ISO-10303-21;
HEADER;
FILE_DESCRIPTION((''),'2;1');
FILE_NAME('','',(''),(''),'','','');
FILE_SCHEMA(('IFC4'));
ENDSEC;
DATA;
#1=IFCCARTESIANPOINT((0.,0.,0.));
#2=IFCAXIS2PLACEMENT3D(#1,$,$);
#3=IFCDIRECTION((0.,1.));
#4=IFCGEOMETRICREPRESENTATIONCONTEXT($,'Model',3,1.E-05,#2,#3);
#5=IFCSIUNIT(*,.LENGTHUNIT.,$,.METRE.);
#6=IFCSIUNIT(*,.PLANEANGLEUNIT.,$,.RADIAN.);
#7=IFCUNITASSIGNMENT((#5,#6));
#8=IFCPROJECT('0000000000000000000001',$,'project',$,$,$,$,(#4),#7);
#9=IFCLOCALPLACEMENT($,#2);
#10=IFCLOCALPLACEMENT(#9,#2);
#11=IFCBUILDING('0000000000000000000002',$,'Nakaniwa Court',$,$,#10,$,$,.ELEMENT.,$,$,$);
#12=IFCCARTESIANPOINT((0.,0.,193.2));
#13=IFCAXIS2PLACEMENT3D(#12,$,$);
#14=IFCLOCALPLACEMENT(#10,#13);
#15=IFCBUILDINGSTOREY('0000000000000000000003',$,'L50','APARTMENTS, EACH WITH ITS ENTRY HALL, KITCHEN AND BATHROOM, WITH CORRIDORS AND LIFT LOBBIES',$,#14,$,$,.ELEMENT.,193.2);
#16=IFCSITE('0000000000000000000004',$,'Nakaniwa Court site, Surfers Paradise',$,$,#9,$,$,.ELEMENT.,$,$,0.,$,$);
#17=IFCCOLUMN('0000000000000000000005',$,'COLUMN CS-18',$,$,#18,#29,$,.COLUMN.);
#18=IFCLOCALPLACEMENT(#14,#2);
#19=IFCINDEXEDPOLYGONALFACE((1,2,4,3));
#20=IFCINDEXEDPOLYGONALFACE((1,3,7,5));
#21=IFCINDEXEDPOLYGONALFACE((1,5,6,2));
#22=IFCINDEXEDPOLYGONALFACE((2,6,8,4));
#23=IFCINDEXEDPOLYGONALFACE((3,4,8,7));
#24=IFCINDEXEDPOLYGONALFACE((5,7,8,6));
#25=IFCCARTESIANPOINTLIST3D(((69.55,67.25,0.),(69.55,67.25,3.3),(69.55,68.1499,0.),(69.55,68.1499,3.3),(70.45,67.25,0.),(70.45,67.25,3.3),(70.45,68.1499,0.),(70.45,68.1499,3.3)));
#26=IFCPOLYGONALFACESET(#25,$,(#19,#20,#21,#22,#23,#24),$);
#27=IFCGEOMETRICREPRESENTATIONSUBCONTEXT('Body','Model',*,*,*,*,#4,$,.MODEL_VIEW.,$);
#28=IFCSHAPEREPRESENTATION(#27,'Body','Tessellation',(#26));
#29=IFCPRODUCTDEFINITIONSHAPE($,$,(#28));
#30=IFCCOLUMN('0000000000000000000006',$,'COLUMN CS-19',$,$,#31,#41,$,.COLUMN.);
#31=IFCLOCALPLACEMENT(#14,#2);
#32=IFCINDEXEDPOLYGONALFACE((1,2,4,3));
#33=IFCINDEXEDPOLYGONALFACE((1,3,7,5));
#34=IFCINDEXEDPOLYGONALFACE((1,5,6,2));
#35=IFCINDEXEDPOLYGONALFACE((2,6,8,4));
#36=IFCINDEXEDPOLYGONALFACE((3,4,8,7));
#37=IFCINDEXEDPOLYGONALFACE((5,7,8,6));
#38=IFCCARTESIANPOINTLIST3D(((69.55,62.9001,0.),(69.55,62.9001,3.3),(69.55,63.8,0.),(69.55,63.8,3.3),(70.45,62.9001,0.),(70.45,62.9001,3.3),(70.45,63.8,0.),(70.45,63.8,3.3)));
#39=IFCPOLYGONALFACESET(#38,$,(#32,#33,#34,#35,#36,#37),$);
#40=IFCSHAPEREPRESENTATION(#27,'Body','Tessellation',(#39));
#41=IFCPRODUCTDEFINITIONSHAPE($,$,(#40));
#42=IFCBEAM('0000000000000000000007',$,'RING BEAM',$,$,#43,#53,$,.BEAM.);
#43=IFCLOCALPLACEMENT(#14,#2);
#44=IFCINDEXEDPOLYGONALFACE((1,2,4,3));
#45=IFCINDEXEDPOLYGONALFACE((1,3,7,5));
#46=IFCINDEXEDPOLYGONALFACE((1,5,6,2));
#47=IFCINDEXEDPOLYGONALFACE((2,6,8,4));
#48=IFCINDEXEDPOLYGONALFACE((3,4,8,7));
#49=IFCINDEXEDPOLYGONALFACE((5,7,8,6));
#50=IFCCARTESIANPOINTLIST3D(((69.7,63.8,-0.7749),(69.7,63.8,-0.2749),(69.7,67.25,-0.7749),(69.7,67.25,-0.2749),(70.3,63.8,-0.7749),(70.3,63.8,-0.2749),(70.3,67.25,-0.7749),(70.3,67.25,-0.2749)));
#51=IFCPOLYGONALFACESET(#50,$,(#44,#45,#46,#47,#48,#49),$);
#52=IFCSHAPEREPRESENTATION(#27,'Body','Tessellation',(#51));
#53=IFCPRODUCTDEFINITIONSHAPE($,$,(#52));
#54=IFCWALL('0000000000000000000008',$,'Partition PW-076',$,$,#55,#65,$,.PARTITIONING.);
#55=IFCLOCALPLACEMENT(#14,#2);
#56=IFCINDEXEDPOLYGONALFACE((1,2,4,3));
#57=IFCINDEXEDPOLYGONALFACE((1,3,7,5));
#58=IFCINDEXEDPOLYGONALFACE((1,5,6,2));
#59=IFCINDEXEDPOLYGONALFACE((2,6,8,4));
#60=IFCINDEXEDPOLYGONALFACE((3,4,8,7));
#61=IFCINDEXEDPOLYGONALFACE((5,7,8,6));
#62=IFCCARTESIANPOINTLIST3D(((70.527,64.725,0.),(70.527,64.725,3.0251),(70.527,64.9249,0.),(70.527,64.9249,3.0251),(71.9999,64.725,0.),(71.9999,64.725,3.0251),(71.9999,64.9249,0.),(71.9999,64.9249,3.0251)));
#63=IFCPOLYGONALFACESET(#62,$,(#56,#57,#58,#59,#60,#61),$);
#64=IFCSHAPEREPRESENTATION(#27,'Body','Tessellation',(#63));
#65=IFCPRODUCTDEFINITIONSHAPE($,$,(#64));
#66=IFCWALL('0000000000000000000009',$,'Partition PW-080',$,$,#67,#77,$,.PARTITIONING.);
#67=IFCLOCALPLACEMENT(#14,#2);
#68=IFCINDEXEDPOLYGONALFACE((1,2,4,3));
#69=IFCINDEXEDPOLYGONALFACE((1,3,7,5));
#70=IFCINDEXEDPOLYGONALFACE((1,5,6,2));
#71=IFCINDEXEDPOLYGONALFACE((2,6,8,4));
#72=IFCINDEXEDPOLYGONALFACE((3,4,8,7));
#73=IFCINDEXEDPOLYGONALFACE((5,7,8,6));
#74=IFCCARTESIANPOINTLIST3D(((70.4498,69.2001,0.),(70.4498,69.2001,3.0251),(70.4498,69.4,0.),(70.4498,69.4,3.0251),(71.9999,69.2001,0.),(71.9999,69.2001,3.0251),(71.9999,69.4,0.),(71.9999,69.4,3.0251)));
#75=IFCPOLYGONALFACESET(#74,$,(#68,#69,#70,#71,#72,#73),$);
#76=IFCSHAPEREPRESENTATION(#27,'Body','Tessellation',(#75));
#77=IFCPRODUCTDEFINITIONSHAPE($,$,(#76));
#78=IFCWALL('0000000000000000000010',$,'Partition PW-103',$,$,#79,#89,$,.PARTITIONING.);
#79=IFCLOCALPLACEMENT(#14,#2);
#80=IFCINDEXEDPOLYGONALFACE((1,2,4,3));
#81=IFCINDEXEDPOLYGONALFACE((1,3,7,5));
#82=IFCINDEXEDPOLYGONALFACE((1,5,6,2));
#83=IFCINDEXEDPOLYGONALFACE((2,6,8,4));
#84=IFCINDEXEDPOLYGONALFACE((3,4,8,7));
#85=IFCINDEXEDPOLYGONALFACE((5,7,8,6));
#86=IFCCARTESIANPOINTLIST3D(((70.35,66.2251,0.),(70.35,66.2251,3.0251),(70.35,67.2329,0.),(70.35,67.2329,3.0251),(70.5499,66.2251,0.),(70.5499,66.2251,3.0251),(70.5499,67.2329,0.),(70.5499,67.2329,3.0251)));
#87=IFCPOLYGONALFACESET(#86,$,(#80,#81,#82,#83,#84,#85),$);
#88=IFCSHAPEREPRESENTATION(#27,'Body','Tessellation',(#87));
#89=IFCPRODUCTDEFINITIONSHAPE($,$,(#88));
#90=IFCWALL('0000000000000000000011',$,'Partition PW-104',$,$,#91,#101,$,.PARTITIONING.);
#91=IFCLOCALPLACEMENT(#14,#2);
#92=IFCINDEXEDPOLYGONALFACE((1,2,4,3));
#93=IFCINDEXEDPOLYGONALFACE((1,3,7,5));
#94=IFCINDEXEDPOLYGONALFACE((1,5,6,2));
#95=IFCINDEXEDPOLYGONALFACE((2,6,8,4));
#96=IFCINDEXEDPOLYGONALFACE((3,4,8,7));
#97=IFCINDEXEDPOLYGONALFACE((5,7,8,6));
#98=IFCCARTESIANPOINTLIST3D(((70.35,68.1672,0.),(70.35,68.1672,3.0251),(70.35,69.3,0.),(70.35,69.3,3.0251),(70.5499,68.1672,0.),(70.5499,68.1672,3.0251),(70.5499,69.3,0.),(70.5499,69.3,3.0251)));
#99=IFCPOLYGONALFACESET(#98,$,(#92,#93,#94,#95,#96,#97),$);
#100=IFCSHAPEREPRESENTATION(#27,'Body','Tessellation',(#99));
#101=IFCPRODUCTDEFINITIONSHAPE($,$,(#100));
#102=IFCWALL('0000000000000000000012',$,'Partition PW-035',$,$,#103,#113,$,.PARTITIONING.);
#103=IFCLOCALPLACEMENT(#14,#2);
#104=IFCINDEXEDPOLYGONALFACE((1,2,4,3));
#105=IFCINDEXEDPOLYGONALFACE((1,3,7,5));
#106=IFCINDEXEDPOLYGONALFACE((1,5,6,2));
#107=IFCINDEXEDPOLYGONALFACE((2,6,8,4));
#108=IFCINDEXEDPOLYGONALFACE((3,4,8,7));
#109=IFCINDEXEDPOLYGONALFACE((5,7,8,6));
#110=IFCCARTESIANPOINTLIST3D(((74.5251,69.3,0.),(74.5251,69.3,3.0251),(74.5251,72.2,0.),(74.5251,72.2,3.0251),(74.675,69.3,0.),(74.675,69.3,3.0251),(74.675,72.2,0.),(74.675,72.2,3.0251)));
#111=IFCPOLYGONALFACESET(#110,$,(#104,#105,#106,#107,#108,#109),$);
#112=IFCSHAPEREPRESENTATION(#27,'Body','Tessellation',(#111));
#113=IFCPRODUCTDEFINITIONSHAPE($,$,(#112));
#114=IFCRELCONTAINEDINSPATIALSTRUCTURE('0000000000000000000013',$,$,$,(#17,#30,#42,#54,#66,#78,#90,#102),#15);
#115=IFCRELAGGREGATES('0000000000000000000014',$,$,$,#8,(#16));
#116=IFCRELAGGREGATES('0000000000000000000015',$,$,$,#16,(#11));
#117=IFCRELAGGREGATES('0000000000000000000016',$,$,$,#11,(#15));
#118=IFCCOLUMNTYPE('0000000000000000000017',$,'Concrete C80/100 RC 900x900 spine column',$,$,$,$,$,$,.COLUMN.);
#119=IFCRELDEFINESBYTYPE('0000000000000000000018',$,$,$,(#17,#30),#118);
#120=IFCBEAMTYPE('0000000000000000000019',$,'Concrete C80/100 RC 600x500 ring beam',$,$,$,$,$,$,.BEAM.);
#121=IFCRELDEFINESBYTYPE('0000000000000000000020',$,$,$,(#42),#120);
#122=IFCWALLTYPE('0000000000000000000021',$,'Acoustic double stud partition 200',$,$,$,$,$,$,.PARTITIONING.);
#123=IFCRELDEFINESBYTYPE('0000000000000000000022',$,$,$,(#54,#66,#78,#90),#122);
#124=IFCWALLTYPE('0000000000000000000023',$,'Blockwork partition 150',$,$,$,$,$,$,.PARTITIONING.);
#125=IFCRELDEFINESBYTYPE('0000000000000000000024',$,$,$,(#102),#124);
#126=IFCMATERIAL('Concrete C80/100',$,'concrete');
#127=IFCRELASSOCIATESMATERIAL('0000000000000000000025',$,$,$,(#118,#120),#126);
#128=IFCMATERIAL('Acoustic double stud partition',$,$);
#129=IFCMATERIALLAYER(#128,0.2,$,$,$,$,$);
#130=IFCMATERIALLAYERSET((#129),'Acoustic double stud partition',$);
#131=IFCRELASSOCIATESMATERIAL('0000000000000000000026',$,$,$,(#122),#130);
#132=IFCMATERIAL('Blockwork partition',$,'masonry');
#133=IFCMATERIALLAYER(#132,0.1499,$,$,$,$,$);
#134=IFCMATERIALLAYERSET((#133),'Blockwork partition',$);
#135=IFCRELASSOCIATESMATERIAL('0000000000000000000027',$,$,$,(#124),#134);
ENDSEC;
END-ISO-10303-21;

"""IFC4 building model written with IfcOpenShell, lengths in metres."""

from ifc_helpers import new_model, si_unit, direction, frame, frame_2d, origin, origin_2d, place, context, subcontext, project, spatial, rectangle, extrude, material, layer, layer_set, material_profile, profile_set, type_object, element, save


model = new_model("IFC4")

# Units and contexts
model_context = context("Model", 3, precision=1e-05, world=origin(), true_north=direction((0.0, 1.0)))
body_context = subcontext(model_context, "Body", "Model", "MODEL_VIEW")
ifc_project = project(units=[si_unit("LENGTHUNIT", "METRE"), si_unit("PLANEANGLEUNIT", "RADIAN")], contexts=[model_context])

# Site, building, storey
site_placement = place(None, origin())
site = spatial("IfcSite", under=ifc_project, at=site_placement, Name="Nakaniwa Court site, Surfers Paradise", CompositionType="ELEMENT", RefElevation=0.0)
building_placement = place(site_placement, origin())
building = spatial("IfcBuilding", under=site, at=building_placement, Name="Nakaniwa Court", CompositionType="ELEMENT")
storey_placement = place(building_placement, frame((0.0, 0.0, 193.2)))
storey = spatial("IfcBuildingStorey", under=building, at=storey_placement, Name="L50", Description="APARTMENTS, EACH WITH ITS ENTRY HALL, KITCHEN AND BATHROOM, WITH CORRIDORS AND LIFT LOBBIES", CompositionType="ELEMENT", Elevation=193.2)

# Columns
ifc_material_1 = material(Name="Concrete C80/100", Category="concrete")
ifc_material_profile_1 = material_profile(ifc_material_1, rectangle(XDim=0.8999, YDim=0.8999, at=origin_2d()), Name="Concrete C80/100 RC 900x900 spine column")
ifc_profile_set_1 = profile_set([ifc_material_profile_1], Name="Concrete C80/100")
column_type = type_object("IfcColumnType", Name="Concrete C80/100 RC 900x900 spine column", PredefinedType="COLUMN", material=ifc_profile_set_1)
for number, where, z_axis, x_axis, name in (
    (1, (70.0, 67.7, 0.0), (0.0, 0.0, 1.0), (0.0, -1.0, 0.0), "COLUMN CS-18"),
    (2, (70.0, 63.3501, 0.0), (0.0, 0.0, 1.0), (0.0, -1.0, 0.0), "COLUMN CS-19"),
):
    element("IfcColumn", number, at=place(storey_placement, frame(where, z_axis=z_axis, x_axis=x_axis)), inside=storey, type_object=column_type, Name=name, PredefinedType="COLUMN", context=body_context, shape_type="SweptSolid", body=[
        extrude(rectangle(XDim=0.8999, YDim=0.8999, at=origin_2d()), origin(), (0.0, 0.0, 1.0), 3.3),
    ])

# Beam
ifc_material_profile_2 = material_profile(ifc_material_1, rectangle(XDim=0.6001, YDim=0.5, at=origin_2d()), Name="Concrete C80/100 RC 600x500 ring beam")
ifc_profile_set_2 = profile_set([ifc_material_profile_2], Name="Concrete C80/100")
beam_type = type_object("IfcBeamType", Name="Concrete C80/100 RC 600x500 ring beam", PredefinedType="BEAM", material=ifc_profile_set_2)
beam_placement = place(storey_placement, frame((70.0, 67.25, -0.5249), z_axis=(0.0, -1.0, 0.0), x_axis=(1.0, 0.0, 0.0)))
element("IfcBeam", 3, at=beam_placement, inside=storey, type_object=beam_type, Name="RING BEAM", PredefinedType="BEAM", context=body_context, shape_type="SweptSolid", body=[
    extrude(rectangle(XDim=0.6001, YDim=0.5, at=origin_2d()), origin(), (0.0, 0.0, 1.0), 3.45),
])

# Walls
ifc_material_2 = material(Name="Acoustic double stud partition")
ifc_layer_1 = layer(ifc_material_2, 0.2)
ifc_layer_set_1 = layer_set([ifc_layer_1], Name="Acoustic double stud partition")
wall_type_1 = type_object("IfcWallType", Name="Acoustic double stud partition 200", PredefinedType="PARTITIONING", material=ifc_layer_set_1)
wall_1_placement = place(storey_placement, frame((70.5271, 64.825, 0.0), z_axis=(0.0, 0.0, 1.0), x_axis=(1.0, 0.0, 0.0)))
element("IfcWall", 4, at=wall_1_placement, inside=storey, type_object=wall_type_1, Name="Partition PW-076", PredefinedType="PARTITIONING", context=body_context, shape_type="SweptSolid", body=[
    extrude(rectangle(XDim=1.4729, YDim=0.2, at=frame_2d((0.7363, 0.0))), origin(), (0.0, 0.0, 1.0), 3.0251),
])
wall_2_placement = place(storey_placement, frame((70.45, 69.3, 0.0), z_axis=(0.0, 0.0, 1.0), x_axis=(1.0, 0.0, 0.0)))
element("IfcWall", 5, at=wall_2_placement, inside=storey, type_object=wall_type_1, Name="Partition PW-080", PredefinedType="PARTITIONING", context=body_context, shape_type="SweptSolid", body=[
    extrude(rectangle(XDim=1.55, YDim=0.2, at=frame_2d((0.7749, 0.0))), origin(), (0.0, 0.0, 1.0), 3.0251),
])
wall_3_placement = place(storey_placement, frame((70.45, 66.2251, 0.0), z_axis=(0.0, 0.0, 1.0), x_axis=(0.0, 1.0, 0.0)))
element("IfcWall", 6, at=wall_3_placement, inside=storey, type_object=wall_type_1, Name="Partition PW-103", PredefinedType="PARTITIONING", context=body_context, shape_type="SweptSolid", body=[
    extrude(rectangle(XDim=1.0078, YDim=0.2, at=frame_2d((0.5039, 0.0))), origin(), (0.0, 0.0, 1.0), 3.0251),
])
wall_4_placement = place(storey_placement, frame((70.45, 68.1672, 0.0), z_axis=(0.0, 0.0, 1.0), x_axis=(0.0, 1.0, 0.0)))
element("IfcWall", 7, at=wall_4_placement, inside=storey, type_object=wall_type_1, Name="Partition PW-104", PredefinedType="PARTITIONING", context=body_context, shape_type="SweptSolid", body=[
    extrude(rectangle(XDim=1.1328, YDim=0.2, at=frame_2d((0.5664, 0.0))), origin(), (0.0, 0.0, 1.0), 3.0251),
])
ifc_material_3 = material(Name="Blockwork partition", Category="masonry")
ifc_layer_2 = layer(ifc_material_3, 0.1499)
ifc_layer_set_2 = layer_set([ifc_layer_2], Name="Blockwork partition")
wall_type_2 = type_object("IfcWallType", Name="Blockwork partition 150", PredefinedType="PARTITIONING", material=ifc_layer_set_2)
wall_5_placement = place(storey_placement, frame((74.6001, 69.3, 0.0), z_axis=(0.0, 0.0, 1.0), x_axis=(0.0, 1.0, 0.0)))
element("IfcWall", 8, at=wall_5_placement, inside=storey, type_object=wall_type_2, Name="Partition PW-035", PredefinedType="PARTITIONING", context=body_context, shape_type="SweptSolid", body=[
    extrude(rectangle(XDim=2.8999, YDim=0.1499, at=frame_2d((1.45, 0.0))), origin(), (0.0, 0.0, 1.0), 3.0251),
])

save(model, "model.ifc")
